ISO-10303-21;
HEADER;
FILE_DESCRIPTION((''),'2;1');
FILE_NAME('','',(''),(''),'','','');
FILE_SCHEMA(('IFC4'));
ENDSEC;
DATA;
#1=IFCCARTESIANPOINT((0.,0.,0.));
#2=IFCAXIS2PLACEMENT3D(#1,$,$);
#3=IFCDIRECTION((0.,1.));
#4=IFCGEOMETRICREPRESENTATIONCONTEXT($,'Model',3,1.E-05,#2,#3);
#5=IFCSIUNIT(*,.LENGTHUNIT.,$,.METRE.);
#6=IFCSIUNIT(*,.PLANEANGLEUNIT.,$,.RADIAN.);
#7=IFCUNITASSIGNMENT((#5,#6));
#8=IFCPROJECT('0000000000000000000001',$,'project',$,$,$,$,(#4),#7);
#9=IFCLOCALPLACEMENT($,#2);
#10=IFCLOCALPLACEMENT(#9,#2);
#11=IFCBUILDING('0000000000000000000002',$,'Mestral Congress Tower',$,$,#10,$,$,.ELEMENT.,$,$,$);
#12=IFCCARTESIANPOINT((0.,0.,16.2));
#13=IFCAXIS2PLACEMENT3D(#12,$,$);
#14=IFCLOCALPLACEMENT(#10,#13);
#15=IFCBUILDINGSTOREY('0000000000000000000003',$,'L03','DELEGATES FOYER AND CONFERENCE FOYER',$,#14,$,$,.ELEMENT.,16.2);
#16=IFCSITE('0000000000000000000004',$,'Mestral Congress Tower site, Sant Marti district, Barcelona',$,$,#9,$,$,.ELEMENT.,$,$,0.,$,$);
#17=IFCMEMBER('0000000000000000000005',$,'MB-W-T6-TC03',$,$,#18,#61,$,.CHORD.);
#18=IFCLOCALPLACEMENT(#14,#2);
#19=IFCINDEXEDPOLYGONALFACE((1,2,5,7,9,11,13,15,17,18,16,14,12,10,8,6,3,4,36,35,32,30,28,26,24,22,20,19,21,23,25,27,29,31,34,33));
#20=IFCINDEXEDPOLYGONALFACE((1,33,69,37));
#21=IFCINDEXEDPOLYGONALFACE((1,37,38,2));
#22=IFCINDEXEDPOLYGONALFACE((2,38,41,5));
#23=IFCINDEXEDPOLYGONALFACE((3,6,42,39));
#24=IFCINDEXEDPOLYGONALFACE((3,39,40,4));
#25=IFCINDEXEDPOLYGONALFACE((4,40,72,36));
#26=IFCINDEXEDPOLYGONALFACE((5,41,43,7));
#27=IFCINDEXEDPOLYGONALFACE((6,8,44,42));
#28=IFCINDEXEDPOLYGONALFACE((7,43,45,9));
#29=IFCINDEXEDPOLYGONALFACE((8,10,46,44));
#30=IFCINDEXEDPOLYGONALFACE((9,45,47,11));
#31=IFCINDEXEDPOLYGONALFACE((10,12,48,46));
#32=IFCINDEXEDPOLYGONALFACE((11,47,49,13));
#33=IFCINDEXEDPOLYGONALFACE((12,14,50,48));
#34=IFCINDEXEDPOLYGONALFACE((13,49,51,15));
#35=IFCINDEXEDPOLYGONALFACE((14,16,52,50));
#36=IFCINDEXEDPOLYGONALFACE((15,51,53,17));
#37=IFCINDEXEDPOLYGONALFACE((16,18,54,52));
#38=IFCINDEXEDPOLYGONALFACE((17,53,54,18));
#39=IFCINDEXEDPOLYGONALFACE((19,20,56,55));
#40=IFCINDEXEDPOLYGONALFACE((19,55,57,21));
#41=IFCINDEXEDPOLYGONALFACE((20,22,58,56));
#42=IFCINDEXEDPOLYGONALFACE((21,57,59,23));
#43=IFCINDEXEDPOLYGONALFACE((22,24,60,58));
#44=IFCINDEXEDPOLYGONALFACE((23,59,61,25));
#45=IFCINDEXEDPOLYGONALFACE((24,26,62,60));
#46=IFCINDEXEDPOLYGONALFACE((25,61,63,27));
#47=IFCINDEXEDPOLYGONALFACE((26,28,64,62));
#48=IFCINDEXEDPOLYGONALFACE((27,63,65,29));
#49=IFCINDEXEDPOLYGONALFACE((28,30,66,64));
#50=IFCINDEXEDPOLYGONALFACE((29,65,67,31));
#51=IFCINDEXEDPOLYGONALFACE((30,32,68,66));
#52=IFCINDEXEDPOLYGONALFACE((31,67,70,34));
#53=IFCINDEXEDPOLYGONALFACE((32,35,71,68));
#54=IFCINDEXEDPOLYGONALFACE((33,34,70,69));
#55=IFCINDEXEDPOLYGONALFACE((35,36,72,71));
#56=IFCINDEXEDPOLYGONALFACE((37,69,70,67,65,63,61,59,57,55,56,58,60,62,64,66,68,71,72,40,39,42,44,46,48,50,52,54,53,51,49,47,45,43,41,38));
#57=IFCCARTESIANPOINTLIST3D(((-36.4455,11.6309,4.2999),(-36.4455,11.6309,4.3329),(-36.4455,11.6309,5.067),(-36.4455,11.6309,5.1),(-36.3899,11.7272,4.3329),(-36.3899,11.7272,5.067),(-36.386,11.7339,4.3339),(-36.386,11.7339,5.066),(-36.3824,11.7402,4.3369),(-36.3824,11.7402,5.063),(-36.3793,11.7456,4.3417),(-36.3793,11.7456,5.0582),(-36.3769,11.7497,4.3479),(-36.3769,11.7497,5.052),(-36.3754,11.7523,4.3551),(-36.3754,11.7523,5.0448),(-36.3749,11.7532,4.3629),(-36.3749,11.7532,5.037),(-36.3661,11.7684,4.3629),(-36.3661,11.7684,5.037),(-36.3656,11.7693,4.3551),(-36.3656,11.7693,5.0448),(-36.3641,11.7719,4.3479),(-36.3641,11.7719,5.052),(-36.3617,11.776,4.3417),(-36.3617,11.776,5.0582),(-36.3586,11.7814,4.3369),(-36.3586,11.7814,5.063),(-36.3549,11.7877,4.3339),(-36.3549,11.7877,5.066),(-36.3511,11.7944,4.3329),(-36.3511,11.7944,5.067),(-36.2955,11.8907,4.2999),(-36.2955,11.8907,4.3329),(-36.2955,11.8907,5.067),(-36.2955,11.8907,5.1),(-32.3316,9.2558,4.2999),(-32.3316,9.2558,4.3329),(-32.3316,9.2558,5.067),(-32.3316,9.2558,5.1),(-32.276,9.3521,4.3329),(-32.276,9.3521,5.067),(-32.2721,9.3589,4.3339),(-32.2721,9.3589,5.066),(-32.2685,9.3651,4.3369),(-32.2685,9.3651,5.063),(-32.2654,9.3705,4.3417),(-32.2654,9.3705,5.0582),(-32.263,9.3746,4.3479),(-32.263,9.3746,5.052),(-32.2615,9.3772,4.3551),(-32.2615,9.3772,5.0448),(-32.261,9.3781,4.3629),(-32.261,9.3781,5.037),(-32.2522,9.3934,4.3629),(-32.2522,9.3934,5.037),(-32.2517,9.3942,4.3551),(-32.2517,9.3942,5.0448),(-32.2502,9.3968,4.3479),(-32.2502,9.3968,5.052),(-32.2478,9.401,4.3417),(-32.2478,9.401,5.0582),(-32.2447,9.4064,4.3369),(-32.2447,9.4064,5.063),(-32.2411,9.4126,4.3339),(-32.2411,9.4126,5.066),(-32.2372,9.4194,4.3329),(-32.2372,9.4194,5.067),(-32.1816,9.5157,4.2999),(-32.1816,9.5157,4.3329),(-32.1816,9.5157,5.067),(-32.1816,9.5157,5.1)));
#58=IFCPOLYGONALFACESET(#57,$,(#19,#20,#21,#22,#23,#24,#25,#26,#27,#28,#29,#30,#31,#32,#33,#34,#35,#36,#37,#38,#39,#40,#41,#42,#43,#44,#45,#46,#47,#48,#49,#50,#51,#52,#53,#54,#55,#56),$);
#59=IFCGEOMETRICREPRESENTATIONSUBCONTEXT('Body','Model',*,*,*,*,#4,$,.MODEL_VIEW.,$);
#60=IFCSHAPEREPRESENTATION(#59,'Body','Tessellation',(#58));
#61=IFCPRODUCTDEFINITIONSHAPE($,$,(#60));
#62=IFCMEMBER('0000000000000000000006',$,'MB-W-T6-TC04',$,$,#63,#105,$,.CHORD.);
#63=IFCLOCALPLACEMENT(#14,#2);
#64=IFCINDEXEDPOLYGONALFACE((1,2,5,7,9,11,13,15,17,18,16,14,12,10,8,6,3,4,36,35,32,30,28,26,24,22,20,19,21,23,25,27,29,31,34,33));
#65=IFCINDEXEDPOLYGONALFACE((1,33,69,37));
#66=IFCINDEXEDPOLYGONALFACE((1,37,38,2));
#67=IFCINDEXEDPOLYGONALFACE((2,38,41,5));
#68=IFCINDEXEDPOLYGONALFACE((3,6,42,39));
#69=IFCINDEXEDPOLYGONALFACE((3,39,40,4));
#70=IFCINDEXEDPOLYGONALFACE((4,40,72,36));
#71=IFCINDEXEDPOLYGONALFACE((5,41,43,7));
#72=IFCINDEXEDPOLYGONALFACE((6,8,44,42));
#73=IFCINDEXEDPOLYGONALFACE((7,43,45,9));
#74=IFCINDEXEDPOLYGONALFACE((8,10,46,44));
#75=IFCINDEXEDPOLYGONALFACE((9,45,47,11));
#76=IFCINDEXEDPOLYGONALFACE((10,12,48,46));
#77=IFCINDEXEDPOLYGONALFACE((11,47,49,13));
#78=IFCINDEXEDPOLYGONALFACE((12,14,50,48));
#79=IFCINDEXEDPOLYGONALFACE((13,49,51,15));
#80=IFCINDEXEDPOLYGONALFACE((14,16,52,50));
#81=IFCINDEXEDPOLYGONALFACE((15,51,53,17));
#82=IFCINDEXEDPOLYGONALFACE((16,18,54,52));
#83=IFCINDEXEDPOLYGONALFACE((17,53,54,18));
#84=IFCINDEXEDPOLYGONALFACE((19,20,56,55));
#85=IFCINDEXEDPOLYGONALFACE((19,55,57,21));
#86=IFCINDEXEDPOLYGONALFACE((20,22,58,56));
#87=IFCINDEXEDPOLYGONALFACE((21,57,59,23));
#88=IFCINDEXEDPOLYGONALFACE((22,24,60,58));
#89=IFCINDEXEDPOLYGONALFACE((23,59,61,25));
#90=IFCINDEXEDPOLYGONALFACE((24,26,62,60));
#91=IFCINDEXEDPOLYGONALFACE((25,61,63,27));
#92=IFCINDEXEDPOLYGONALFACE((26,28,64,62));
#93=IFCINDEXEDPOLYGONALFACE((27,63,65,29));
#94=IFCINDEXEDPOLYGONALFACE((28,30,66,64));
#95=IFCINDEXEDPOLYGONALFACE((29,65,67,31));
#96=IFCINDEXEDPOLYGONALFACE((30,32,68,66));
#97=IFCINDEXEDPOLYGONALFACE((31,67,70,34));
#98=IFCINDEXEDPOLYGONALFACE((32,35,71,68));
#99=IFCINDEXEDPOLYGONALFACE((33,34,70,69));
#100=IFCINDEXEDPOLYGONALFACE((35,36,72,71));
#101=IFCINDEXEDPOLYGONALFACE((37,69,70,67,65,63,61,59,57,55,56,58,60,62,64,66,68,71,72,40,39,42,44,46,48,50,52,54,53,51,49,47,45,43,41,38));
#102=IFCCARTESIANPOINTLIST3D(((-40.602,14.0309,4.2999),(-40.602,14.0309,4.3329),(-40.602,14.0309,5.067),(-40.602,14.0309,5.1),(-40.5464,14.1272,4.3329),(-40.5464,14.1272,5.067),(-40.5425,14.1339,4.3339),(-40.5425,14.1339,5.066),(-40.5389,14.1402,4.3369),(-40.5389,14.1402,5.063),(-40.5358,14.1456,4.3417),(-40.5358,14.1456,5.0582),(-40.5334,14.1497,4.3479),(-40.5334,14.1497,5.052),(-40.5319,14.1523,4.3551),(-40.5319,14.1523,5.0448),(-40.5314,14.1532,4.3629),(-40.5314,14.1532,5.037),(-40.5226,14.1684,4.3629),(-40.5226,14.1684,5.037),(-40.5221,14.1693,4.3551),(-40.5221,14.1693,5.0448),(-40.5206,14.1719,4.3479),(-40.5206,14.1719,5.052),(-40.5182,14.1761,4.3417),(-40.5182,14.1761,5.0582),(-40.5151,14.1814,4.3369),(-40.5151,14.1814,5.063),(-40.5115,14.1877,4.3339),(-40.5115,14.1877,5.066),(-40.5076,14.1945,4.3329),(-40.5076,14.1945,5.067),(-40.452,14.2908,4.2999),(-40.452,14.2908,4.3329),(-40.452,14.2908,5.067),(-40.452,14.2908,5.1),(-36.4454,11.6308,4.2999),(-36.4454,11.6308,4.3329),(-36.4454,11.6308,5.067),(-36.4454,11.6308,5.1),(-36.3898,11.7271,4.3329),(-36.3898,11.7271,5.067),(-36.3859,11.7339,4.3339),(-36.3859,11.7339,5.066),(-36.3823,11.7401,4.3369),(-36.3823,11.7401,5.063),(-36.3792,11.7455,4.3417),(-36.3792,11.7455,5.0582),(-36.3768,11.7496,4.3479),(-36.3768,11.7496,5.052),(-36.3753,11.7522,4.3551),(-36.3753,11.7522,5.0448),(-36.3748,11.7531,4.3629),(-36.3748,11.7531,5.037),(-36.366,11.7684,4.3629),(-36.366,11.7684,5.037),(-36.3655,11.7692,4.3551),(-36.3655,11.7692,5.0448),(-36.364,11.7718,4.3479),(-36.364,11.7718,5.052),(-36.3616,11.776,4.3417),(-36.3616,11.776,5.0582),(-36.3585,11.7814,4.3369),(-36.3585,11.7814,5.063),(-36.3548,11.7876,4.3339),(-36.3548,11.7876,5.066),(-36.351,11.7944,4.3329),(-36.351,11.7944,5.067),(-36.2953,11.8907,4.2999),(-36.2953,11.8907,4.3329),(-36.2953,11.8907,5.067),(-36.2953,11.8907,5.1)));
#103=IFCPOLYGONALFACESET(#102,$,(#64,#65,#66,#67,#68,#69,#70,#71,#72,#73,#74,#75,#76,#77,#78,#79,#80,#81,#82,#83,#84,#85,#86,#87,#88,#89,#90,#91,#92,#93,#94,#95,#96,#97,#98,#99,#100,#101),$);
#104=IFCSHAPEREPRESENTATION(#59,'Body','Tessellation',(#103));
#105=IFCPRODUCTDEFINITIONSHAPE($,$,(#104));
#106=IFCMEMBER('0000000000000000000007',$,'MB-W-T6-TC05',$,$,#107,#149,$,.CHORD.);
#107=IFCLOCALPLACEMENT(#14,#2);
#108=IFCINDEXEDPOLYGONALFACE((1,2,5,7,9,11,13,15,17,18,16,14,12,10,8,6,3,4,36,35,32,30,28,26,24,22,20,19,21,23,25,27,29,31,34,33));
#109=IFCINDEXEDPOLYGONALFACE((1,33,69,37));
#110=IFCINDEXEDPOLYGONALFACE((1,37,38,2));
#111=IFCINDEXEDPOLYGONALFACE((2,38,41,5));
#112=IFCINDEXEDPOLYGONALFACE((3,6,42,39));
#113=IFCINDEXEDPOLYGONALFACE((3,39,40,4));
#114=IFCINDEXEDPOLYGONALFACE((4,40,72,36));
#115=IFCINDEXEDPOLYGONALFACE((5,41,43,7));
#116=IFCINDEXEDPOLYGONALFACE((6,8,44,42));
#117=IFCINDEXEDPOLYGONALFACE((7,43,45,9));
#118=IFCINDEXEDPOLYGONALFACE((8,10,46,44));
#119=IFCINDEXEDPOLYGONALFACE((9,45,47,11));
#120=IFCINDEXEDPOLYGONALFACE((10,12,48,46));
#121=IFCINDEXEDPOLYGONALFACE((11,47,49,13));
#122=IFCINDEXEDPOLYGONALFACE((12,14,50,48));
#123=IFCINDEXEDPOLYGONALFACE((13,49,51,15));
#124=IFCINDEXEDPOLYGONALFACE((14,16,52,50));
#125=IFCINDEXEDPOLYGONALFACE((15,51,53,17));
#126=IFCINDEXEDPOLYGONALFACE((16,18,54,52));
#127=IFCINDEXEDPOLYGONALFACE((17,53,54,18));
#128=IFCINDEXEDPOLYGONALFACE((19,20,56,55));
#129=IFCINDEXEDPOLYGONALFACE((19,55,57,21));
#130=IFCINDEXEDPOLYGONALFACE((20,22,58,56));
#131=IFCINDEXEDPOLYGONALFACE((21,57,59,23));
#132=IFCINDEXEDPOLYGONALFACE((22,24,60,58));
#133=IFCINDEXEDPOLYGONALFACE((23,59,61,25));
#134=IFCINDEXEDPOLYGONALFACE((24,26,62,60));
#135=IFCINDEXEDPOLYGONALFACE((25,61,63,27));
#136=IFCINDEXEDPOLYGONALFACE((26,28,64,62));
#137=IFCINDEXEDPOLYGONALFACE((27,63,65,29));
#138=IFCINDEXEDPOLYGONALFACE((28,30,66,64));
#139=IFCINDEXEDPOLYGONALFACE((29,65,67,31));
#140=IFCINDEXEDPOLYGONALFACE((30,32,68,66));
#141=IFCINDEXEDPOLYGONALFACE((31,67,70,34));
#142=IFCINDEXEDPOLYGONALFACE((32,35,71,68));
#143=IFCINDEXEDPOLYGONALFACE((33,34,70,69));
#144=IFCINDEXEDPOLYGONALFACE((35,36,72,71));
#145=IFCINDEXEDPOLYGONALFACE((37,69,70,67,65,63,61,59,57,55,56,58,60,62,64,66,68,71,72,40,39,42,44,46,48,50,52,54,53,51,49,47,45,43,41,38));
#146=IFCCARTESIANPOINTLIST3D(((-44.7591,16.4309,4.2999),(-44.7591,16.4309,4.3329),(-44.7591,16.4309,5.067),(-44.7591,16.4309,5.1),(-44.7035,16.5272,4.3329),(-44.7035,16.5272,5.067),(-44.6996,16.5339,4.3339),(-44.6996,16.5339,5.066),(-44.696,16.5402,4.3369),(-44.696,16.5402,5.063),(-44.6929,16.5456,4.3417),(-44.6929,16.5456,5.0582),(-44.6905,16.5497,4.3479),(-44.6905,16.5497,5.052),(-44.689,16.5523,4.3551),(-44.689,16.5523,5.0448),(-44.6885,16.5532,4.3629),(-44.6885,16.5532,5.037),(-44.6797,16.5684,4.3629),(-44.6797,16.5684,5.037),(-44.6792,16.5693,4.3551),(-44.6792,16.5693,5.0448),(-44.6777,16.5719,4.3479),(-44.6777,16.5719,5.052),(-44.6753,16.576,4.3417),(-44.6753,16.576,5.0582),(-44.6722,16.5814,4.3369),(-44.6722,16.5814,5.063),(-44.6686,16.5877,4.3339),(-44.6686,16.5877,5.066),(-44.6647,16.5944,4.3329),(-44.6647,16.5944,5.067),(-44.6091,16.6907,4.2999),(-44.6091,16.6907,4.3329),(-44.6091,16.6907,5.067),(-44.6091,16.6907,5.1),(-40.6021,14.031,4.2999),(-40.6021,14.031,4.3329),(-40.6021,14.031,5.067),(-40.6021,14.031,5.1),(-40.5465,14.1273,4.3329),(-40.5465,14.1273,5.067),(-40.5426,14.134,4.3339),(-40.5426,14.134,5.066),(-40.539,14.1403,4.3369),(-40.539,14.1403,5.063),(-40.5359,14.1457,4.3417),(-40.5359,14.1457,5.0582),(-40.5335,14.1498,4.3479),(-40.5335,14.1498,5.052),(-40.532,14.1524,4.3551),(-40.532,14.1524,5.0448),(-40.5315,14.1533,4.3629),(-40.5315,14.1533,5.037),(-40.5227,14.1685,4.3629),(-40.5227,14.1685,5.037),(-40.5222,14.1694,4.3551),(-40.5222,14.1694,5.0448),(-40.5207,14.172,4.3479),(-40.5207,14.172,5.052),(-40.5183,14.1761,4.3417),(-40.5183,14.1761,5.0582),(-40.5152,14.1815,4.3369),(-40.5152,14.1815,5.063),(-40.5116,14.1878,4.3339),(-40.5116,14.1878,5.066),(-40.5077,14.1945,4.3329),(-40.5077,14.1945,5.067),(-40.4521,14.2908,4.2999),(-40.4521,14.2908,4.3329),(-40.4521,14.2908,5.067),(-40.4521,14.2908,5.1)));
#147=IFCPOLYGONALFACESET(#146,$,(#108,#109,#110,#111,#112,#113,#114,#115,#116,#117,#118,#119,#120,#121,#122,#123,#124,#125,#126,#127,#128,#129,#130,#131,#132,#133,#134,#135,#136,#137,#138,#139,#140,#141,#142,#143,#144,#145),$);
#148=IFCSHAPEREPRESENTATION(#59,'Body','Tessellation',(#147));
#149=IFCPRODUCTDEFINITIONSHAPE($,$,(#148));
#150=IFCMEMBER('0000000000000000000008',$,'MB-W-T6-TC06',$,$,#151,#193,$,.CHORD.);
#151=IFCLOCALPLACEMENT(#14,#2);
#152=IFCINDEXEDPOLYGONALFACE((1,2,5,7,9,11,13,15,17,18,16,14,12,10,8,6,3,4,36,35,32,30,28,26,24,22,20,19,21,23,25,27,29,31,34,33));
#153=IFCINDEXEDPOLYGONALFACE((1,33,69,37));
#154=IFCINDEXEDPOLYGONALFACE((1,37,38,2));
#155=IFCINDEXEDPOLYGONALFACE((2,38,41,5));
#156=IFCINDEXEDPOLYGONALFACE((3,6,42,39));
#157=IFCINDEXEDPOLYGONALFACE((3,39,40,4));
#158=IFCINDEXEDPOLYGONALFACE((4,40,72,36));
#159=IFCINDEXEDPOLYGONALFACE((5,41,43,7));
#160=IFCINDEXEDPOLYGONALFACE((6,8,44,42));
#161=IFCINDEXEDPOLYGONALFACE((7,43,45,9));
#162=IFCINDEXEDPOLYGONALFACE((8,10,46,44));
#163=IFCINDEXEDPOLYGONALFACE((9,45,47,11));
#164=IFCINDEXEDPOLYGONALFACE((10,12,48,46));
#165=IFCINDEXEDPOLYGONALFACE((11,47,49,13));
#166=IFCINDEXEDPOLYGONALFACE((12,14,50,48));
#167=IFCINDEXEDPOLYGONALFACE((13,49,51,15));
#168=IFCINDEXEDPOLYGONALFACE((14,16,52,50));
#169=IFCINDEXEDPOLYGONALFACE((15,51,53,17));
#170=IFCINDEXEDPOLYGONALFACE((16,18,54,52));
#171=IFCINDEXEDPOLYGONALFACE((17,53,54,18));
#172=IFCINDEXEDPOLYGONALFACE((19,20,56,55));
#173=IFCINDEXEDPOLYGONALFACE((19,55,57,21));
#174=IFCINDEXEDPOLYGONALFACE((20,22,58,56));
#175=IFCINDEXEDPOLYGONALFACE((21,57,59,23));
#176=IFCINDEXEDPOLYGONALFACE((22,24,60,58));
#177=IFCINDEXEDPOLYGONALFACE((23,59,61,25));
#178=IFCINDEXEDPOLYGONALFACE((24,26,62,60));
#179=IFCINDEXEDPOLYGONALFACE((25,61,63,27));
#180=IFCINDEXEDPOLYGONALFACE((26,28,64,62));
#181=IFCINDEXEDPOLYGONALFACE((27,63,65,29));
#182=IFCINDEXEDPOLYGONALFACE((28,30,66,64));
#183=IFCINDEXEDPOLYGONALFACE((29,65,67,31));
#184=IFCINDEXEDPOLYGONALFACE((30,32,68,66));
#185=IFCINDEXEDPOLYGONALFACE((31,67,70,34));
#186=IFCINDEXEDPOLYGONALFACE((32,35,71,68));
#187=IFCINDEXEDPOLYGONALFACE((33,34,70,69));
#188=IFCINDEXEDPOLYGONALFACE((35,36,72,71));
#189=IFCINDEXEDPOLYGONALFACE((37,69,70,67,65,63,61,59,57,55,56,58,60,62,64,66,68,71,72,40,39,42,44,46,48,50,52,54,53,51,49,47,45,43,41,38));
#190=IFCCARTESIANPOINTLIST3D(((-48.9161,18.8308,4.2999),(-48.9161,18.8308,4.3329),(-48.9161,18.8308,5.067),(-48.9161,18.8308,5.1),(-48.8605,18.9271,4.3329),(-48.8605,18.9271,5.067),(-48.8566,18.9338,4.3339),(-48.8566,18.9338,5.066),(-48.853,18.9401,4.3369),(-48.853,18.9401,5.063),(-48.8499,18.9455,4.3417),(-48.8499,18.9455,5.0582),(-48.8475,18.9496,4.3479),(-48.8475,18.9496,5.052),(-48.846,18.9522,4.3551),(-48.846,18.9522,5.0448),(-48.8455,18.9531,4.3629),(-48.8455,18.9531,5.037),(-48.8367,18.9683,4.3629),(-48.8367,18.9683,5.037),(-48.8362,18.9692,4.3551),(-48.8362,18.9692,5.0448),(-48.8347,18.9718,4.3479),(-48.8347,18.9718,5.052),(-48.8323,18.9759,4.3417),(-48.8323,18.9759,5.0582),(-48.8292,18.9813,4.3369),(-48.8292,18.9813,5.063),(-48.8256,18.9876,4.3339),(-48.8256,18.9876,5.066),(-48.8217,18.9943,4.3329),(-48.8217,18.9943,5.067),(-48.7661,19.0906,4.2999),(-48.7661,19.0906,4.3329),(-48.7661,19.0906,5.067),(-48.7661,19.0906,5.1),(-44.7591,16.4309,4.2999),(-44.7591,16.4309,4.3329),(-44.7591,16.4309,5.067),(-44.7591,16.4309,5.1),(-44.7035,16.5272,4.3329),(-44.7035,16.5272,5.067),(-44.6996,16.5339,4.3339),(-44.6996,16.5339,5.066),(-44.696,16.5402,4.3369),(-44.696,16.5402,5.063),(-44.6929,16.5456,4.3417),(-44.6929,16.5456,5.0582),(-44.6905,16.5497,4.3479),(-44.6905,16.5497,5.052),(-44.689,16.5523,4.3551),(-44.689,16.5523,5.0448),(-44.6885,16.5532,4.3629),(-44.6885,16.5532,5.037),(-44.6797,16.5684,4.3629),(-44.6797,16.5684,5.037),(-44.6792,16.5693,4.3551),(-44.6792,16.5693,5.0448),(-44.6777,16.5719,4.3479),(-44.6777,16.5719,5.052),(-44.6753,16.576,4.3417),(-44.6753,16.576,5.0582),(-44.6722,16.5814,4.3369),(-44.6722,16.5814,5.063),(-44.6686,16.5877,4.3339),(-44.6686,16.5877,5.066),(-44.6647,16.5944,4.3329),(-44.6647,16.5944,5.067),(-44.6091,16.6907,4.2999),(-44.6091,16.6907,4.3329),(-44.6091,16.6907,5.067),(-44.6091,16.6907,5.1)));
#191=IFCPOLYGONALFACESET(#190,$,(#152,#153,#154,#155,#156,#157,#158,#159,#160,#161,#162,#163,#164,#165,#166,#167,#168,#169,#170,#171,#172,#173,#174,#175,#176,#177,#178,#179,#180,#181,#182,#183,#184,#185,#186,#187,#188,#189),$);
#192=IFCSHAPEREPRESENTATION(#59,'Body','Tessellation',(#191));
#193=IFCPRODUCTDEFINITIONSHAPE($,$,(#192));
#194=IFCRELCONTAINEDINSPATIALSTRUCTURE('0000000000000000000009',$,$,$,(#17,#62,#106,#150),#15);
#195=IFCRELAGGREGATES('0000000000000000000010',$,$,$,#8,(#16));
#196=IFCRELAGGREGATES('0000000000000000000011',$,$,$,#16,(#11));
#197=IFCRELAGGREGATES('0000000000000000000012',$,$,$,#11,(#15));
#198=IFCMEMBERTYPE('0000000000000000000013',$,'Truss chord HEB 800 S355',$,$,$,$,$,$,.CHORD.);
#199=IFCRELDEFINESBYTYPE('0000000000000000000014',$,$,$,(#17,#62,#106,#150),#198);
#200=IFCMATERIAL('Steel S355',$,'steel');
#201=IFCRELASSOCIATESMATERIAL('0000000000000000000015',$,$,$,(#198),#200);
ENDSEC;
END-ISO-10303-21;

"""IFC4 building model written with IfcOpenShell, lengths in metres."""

from ifc_helpers import new_model, si_unit, direction, frame, origin, origin_2d, place, context, subcontext, project, spatial, i_section, extrude, material, material_profile, profile_set, type_object, element, save


model = new_model("IFC4")

# Units and contexts
model_context = context("Model", 3, precision=1e-05, world=origin(), true_north=direction((0.0, 1.0)))
body_context = subcontext(model_context, "Body", "Model", "MODEL_VIEW")
ifc_project = project(units=[si_unit("LENGTHUNIT", "METRE"), si_unit("PLANEANGLEUNIT", "RADIAN")], contexts=[model_context])

# Site, building, storey
site_placement = place(None, origin())
site = spatial("IfcSite", under=ifc_project, at=site_placement, Name="Mestral Congress Tower site, Sant Marti district, Barcelona", CompositionType="ELEMENT", RefElevation=0.0)
building_placement = place(site_placement, origin())
building = spatial("IfcBuilding", under=site, at=building_placement, Name="Mestral Congress Tower", CompositionType="ELEMENT")
storey_placement = place(building_placement, frame((0.0, 0.0, 16.2)))
storey = spatial("IfcBuildingStorey", under=building, at=storey_placement, Name="L03", Description="DELEGATES FOYER AND CONFERENCE FOYER", CompositionType="ELEMENT", Elevation=16.2)

# Members
ifc_material = material(Name="Steel S355", Category="steel")
ifc_material_profile_1 = material_profile(ifc_material, i_section(OverallWidth=0.3, OverallDepth=0.8, WebThickness=0.0176, FlangeThickness=0.033, FilletRadius=0.03, at=origin_2d()), Name="HEB 800")
ifc_profile_set_1 = profile_set([ifc_material_profile_1], Name="Steel S355")
member_type_1 = type_object("IfcMemberType", Name="Truss chord HEB 800 S355", PredefinedType="CHORD", material=ifc_profile_set_1)
member_1_placement = place(storey_placement, frame((-32.2566, 9.3857, 4.7), z_axis=(-0.866033, 0.499986, 0.0), x_axis=(-0.499986, -0.866033, 0.0)))
element("IfcMember", 1, at=member_1_placement, inside=storey, type_object=member_type_1, Name="MB-W-T6-TC03", PredefinedType="CHORD", context=body_context, shape_type="SweptSolid", body=[
    extrude(i_section(OverallWidth=0.3, OverallDepth=0.8, WebThickness=0.0176, FlangeThickness=0.033, FilletRadius=0.03, at=origin_2d()), origin(), (0.0, 0.0, 1.0), 4.7502),
])
member_2_placement = place(storey_placement, frame((-36.3704, 11.7607, 4.7), z_axis=(-0.866003, 0.500039, 0.0), x_axis=(-0.500039, -0.866003, 0.0)))
element("IfcMember", 2, at=member_2_placement, inside=storey, type_object=member_type_1, Name="MB-W-T6-TC04", PredefinedType="CHORD", context=body_context, shape_type="SweptSolid", body=[
    extrude(i_section(OverallWidth=0.3, OverallDepth=0.8, WebThickness=0.0176, FlangeThickness=0.033, FilletRadius=0.03, at=origin_2d()), origin(), (0.0, 0.0, 1.0), 4.7998),
])
for number, where, z_axis, x_axis, name in (
    (3, (-40.5271, 14.1609, 4.7), (-0.866037, 0.499979, 0.0), (-0.499979, -0.866037, 0.0), "MB-W-T6-TC05"),
    (4, (-44.6841, 16.5608, 4.7), (-0.866037, 0.499979, 0.0), (-0.499979, -0.866037, 0.0), "MB-W-T6-TC06"),
):
    element("IfcMember", number, at=place(storey_placement, frame(where, z_axis=z_axis, x_axis=x_axis)), inside=storey, type_object=member_type_1, Name=name, PredefinedType="CHORD", context=body_context, shape_type="SweptSolid", body=[
        extrude(i_section(OverallWidth=0.3, OverallDepth=0.8, WebThickness=0.0176, FlangeThickness=0.033, FilletRadius=0.03, at=origin_2d()), origin(), (0.0, 0.0, 1.0), 4.8),
    ])

save(model, "model.ifc")
